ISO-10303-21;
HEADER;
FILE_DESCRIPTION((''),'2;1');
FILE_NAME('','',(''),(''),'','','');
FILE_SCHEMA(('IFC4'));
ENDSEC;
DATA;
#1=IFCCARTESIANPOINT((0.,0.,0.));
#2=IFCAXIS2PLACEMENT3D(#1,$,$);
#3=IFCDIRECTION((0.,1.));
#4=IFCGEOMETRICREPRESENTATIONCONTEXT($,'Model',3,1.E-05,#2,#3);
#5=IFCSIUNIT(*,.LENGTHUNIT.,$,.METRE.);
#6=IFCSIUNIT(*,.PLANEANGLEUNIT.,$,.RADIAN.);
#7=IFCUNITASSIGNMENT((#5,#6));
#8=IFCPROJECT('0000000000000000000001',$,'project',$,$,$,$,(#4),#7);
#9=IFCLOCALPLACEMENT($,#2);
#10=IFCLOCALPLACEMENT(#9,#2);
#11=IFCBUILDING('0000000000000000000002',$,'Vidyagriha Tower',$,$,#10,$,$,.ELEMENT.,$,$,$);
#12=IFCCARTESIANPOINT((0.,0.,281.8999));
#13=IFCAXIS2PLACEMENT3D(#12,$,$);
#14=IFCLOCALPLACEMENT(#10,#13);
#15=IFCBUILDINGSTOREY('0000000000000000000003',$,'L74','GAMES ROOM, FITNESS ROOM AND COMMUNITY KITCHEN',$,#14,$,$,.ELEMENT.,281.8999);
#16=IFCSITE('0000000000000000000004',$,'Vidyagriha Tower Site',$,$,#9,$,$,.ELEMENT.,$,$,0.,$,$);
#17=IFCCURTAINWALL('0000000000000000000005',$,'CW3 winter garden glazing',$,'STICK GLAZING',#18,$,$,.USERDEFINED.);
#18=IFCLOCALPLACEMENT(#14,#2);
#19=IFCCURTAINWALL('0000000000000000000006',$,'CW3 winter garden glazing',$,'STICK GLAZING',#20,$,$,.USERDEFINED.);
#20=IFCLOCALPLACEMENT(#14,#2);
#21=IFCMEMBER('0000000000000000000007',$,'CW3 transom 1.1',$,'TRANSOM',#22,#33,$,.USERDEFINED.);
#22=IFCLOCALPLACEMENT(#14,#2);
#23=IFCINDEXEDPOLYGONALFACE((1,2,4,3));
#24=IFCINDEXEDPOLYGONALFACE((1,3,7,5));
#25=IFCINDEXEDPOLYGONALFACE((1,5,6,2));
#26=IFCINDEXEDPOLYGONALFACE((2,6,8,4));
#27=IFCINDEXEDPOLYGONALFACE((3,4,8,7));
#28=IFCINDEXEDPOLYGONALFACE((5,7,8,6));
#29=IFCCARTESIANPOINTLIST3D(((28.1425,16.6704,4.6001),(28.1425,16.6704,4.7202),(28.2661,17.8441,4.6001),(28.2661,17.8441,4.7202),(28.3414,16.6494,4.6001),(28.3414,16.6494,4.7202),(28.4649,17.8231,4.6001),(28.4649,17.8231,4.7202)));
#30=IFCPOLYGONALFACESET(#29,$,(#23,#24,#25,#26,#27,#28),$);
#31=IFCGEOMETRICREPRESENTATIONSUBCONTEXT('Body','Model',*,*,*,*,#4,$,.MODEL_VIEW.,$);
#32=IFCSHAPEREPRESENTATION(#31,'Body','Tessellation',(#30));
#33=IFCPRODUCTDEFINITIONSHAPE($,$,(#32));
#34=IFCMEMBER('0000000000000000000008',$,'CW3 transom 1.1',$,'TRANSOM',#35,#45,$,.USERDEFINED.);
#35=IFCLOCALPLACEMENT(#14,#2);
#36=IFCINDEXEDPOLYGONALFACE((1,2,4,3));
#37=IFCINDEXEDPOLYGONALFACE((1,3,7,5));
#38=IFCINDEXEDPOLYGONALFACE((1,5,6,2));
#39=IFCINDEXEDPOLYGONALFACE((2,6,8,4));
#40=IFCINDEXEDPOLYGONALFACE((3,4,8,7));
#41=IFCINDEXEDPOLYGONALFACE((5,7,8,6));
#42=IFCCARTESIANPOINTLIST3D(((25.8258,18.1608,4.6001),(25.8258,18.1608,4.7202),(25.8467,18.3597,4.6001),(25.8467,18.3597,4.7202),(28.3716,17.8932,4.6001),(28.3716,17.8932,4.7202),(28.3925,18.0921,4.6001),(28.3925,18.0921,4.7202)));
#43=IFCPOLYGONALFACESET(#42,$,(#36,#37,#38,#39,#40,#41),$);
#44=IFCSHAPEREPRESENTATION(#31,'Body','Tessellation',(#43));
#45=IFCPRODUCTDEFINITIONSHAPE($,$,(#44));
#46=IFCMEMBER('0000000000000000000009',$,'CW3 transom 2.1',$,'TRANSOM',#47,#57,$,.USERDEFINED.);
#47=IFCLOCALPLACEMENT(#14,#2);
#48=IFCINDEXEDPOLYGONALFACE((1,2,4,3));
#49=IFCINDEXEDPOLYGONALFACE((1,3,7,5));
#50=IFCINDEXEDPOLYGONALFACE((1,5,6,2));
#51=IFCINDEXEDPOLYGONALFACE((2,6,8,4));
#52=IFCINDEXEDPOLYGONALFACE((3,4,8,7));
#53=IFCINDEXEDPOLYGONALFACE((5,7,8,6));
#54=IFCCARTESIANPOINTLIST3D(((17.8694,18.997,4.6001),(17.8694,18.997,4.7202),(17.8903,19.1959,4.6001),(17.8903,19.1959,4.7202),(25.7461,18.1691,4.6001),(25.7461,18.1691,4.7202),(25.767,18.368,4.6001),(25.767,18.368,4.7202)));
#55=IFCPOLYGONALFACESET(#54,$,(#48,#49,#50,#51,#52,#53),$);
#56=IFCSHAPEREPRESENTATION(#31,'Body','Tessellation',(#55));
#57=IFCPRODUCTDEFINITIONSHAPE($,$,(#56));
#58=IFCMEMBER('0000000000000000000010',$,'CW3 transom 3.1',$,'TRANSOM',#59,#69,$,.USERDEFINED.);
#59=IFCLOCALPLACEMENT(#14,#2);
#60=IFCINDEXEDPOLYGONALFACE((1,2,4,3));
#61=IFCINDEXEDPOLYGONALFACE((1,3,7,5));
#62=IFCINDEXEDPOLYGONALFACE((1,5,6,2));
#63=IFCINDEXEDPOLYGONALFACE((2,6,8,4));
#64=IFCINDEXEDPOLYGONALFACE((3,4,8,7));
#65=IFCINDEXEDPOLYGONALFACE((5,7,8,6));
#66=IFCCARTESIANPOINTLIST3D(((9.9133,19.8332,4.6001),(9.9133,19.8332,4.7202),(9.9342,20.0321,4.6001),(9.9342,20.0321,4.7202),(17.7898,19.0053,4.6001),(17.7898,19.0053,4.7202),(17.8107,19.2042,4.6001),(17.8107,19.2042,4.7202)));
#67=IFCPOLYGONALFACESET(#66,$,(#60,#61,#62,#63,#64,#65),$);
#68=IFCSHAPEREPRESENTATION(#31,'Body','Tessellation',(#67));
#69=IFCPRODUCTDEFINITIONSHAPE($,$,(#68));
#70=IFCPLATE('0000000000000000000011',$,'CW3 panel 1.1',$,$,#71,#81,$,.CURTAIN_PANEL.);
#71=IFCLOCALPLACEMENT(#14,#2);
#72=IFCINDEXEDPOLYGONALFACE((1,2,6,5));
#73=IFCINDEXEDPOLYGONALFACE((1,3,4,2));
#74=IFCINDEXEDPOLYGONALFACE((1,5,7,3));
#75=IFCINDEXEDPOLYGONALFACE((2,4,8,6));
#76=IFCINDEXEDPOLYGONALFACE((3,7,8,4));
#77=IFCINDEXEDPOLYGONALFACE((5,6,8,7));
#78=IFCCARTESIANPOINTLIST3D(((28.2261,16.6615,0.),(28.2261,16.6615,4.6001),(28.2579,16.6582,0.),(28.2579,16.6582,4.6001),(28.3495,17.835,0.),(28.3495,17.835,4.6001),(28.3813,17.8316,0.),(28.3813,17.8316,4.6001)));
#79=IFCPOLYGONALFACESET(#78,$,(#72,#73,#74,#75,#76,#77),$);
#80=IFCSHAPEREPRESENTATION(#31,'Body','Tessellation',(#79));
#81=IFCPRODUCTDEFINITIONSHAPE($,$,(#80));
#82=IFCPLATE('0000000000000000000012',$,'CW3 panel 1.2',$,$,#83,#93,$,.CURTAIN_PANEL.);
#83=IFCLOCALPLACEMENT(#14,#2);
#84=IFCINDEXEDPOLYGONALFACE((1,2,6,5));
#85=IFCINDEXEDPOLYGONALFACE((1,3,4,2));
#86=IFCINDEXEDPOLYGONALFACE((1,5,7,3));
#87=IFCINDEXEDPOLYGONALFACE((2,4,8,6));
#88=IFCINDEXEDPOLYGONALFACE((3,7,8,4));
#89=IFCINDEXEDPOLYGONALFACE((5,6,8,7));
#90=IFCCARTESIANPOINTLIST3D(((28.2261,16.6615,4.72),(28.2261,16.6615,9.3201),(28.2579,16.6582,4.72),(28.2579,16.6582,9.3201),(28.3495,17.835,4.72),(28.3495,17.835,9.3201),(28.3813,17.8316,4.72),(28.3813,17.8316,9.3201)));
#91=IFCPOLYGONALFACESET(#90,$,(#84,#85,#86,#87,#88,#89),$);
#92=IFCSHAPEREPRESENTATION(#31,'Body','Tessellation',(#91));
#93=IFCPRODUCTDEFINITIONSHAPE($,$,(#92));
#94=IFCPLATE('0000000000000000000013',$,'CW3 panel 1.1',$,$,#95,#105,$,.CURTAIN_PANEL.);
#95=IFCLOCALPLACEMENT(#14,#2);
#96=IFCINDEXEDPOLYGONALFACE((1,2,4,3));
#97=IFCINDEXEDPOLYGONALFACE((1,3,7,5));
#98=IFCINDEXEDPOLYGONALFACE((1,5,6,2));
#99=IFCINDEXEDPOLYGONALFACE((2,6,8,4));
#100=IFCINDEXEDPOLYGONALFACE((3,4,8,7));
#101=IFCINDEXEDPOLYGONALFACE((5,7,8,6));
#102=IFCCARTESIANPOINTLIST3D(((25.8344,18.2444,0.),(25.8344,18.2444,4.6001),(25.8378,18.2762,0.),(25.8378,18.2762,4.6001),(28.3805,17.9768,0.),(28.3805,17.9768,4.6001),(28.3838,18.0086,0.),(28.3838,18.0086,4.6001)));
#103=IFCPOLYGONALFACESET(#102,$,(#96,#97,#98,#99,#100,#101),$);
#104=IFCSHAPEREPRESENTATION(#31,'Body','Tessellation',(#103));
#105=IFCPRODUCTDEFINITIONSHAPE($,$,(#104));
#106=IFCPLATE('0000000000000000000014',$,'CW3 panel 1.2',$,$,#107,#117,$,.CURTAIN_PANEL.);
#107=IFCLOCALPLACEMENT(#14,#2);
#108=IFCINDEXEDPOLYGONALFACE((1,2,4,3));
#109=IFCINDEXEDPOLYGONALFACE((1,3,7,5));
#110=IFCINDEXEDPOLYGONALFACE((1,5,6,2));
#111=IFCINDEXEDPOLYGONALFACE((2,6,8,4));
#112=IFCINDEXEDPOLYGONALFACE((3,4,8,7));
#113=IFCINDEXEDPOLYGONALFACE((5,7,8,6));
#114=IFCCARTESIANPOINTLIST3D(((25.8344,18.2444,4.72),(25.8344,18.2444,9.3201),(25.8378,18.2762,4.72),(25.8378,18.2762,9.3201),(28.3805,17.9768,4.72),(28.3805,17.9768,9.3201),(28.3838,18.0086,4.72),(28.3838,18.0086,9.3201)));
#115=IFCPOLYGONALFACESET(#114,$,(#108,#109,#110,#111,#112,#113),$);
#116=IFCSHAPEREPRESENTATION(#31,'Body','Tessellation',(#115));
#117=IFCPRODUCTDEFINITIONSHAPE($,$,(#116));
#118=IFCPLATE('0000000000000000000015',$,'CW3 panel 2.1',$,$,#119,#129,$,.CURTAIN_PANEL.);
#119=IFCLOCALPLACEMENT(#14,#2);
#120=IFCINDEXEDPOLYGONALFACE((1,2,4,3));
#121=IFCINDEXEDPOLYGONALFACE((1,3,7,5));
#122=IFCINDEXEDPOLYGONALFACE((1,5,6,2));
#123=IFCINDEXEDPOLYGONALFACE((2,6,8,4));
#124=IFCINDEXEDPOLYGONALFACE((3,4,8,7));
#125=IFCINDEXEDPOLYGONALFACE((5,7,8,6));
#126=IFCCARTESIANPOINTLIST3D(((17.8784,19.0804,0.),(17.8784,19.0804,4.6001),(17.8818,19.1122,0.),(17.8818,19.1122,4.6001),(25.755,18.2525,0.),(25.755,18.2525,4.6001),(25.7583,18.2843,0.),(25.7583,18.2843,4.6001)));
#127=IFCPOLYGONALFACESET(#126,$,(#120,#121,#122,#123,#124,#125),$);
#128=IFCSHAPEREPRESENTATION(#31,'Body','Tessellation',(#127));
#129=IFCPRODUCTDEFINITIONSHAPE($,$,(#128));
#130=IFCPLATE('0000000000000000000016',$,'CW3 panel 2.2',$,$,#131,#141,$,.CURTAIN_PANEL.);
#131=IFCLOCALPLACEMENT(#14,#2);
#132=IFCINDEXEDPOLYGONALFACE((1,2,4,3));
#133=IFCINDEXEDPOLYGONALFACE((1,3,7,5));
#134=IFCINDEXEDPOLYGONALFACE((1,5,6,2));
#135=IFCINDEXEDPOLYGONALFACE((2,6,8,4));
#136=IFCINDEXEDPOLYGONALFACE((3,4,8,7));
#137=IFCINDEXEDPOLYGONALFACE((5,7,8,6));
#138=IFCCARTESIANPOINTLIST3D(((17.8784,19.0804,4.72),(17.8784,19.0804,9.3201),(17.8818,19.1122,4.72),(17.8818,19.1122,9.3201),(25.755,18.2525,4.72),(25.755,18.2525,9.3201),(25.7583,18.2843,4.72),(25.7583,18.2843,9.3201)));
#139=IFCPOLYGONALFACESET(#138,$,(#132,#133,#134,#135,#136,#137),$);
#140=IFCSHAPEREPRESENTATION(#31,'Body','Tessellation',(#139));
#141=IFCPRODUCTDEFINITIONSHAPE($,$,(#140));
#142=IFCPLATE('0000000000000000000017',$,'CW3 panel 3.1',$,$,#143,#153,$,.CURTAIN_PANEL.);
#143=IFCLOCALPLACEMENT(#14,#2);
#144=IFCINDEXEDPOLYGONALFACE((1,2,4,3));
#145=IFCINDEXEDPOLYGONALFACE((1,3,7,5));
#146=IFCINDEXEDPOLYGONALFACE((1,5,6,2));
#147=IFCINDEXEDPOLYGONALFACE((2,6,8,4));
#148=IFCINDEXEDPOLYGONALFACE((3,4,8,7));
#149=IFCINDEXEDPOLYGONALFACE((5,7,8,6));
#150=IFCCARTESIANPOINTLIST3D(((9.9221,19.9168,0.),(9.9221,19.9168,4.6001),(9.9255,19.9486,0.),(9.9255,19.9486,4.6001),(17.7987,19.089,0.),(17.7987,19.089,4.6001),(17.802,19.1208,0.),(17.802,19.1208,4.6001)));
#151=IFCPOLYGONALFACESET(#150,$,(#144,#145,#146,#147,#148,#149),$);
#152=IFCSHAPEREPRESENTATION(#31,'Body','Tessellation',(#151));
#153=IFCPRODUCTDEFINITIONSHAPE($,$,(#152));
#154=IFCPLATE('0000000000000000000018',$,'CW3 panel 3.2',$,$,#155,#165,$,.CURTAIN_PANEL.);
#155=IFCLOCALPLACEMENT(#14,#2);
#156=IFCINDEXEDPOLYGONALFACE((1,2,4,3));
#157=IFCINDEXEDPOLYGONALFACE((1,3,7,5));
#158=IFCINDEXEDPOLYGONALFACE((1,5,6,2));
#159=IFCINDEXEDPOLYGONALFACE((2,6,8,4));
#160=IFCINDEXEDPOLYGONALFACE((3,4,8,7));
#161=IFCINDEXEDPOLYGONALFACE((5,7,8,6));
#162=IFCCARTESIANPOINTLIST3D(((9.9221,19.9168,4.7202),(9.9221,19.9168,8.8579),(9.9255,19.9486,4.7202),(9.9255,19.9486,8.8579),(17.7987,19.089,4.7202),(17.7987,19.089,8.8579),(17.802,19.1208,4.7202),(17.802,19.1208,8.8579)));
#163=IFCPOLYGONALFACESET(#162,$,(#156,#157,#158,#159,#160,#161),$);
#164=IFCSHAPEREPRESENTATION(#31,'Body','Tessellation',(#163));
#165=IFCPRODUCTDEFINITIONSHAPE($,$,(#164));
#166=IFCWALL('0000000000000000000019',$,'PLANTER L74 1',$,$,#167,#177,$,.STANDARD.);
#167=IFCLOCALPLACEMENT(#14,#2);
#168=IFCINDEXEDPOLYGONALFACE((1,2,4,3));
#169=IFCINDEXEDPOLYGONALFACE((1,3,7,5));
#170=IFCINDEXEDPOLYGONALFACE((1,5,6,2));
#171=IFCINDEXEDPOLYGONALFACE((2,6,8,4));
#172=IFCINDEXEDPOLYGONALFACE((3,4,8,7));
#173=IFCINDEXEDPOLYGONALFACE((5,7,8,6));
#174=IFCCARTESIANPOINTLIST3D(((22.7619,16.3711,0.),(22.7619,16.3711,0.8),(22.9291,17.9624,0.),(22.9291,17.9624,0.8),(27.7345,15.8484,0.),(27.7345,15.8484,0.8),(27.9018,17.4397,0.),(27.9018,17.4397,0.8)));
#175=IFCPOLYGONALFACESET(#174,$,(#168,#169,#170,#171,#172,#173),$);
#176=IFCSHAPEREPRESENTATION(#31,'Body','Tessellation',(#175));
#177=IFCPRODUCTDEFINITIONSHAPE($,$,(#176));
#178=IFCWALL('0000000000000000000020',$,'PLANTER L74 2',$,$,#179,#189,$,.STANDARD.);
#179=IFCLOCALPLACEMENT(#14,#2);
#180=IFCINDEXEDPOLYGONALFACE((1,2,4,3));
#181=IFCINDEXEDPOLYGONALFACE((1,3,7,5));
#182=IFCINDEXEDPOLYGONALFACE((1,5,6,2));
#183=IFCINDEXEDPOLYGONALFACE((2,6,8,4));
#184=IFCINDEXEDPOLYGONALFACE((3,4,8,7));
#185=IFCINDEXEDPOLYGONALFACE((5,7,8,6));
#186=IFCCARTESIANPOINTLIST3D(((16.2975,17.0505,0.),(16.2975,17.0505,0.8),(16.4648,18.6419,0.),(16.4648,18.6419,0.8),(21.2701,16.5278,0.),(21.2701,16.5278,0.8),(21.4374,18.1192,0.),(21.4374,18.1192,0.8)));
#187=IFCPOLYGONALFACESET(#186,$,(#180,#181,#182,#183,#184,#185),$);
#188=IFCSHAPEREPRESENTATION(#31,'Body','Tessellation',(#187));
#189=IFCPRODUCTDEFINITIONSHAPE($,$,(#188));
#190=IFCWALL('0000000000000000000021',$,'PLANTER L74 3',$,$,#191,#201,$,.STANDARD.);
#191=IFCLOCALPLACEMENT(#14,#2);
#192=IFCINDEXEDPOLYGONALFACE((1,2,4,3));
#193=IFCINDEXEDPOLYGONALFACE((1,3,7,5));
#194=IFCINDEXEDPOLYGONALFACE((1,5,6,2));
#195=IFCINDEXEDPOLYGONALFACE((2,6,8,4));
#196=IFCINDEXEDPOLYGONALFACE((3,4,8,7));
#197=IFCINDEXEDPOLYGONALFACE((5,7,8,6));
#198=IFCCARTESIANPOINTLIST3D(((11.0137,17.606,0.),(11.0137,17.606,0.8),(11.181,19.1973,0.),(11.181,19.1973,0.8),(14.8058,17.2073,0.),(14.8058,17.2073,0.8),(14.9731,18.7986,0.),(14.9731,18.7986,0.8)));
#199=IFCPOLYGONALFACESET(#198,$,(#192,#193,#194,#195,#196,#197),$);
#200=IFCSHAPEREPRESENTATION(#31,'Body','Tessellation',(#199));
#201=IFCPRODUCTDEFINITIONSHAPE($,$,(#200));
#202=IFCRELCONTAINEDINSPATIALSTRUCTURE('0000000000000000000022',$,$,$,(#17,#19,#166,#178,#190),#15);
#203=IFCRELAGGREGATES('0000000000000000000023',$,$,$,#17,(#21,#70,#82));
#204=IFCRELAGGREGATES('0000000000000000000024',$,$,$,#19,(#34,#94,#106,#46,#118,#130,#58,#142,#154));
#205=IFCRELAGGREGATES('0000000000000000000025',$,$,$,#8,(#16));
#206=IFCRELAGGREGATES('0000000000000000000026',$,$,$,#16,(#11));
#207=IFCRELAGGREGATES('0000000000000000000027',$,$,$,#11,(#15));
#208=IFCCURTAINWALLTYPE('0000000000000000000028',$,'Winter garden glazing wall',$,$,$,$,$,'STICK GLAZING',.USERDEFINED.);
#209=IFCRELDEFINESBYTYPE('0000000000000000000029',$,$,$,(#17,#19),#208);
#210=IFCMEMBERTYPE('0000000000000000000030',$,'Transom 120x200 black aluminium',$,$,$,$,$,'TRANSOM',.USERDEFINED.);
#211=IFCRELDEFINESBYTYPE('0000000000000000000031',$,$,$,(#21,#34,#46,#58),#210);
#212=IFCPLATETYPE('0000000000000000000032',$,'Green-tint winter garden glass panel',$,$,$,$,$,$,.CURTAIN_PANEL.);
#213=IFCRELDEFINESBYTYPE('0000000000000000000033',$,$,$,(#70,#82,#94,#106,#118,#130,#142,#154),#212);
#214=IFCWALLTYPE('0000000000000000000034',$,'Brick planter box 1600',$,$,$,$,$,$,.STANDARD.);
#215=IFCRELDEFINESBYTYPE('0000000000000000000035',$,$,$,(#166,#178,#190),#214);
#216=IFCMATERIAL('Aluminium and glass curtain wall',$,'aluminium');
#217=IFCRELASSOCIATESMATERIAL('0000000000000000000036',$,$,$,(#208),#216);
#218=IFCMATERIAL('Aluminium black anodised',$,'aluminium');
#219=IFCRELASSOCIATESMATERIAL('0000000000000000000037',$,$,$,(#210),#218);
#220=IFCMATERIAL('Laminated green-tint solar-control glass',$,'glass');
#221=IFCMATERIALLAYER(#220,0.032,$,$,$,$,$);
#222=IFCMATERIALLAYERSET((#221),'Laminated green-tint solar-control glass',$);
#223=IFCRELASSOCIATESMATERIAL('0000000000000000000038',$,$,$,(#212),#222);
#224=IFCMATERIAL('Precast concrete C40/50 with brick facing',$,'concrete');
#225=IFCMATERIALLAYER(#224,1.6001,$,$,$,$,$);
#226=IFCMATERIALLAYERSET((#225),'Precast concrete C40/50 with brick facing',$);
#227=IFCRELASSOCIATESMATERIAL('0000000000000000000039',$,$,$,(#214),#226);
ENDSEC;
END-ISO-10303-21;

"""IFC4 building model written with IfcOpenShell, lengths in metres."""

from ifc_helpers import new_model, si_unit, direction, frame, frame_2d, origin, origin_2d, place, context, subcontext, project, spatial, rectangle, extrude, material, layer, layer_set, material_profile, profile_set, type_object, element, aggregate, save


model = new_model("IFC4")

# Units and contexts
model_context = context("Model", 3, precision=1e-05, world=origin(), true_north=direction((0.0, 1.0)))
body_context = subcontext(model_context, "Body", "Model", "MODEL_VIEW")
ifc_project = project(units=[si_unit("LENGTHUNIT", "METRE"), si_unit("PLANEANGLEUNIT", "RADIAN")], contexts=[model_context])

# Site, building, storey
site_placement = place(None, origin())
site = spatial("IfcSite", under=ifc_project, at=site_placement, Name="Vidyagriha Tower Site", CompositionType="ELEMENT", RefElevation=0.0)
building_placement = place(site_placement, origin())
building = spatial("IfcBuilding", under=site, at=building_placement, Name="Vidyagriha Tower", CompositionType="ELEMENT")
storey_placement = place(building_placement, frame((0.0, 0.0, 281.8999)))
storey = spatial("IfcBuildingStorey", under=building, at=storey_placement, Name="L74", Description="GAMES ROOM, FITNESS ROOM AND COMMUNITY KITCHEN", CompositionType="ELEMENT", Elevation=281.8999)

# Shared definitions
ifc_material_1 = material(Name="Aluminium and glass curtain wall", Category="aluminium")
curtain_wall_type = type_object("IfcCurtainWallType", Name="Winter garden glazing wall", ElementType="STICK GLAZING", PredefinedType="USERDEFINED", material=ifc_material_1)

# Curtain walls
curtain_wall_1_placement = place(storey_placement, origin())
curtain_wall_1 = element("IfcCurtainWall", 1, at=curtain_wall_1_placement, inside=storey, type_object=curtain_wall_type, Name="CW3 winter garden glazing", ObjectType="STICK GLAZING", PredefinedType="USERDEFINED")
curtain_wall_2_placement = place(storey_placement, origin())
curtain_wall_2 = element("IfcCurtainWall", 2, at=curtain_wall_2_placement, inside=storey, type_object=curtain_wall_type, Name="CW3 winter garden glazing", ObjectType="STICK GLAZING", PredefinedType="USERDEFINED")

# Members
ifc_material_2 = material(Name="Aluminium black anodised", Category="aluminium")
ifc_material_profile_1 = material_profile(ifc_material_2, rectangle(XDim=0.2, YDim=0.1201, at=origin_2d()), Name="Transom 120x200 black aluminium")
ifc_profile_set_1 = profile_set([ifc_material_profile_1], Name="Aluminium black anodised")
member_type_1 = type_object("IfcMemberType", Name="Transom 120x200 black aluminium", ElementType="TRANSOM", PredefinedType="USERDEFINED", material=ifc_profile_set_1)
member_1_placement = place(storey_placement, frame((28.2419, 16.6599, 4.6602), z_axis=(0.104685, 0.994505, 0.0), x_axis=(-0.994505, 0.104685, 0.0)))
member_1 = element("IfcMember", 3, at=member_1_placement, type_object=member_type_1, Name="CW3 transom 1.1", ObjectType="TRANSOM", PredefinedType="USERDEFINED", context=body_context, shape_type="SweptSolid", body=[
    extrude(rectangle(XDim=0.2, YDim=0.1201, at=origin_2d()), origin(), (0.0, 0.0, 1.0), 1.1802),
])
member_2_placement = place(storey_placement, frame((28.3821, 17.9927, 4.6602), z_axis=(-0.994522, 0.104526, 0.0), x_axis=(-0.104526, -0.994522, 0.0)))
member_2 = element("IfcMember", 4, at=member_2_placement, type_object=member_type_1, Name="CW3 transom 1.1", ObjectType="TRANSOM", PredefinedType="USERDEFINED", context=body_context, shape_type="SweptSolid", body=[
    extrude(rectangle(XDim=0.2, YDim=0.1201, at=origin_2d()), origin(), (0.0, 0.0, 1.0), 2.5598),
])
member_3_placement = place(storey_placement, frame((25.7566, 18.2686, 4.6602), z_axis=(-0.994522, 0.104529, 0.0), x_axis=(-0.104529, -0.994522, 0.0)))
member_3 = element("IfcMember", 5, at=member_3_placement, type_object=member_type_1, Name="CW3 transom 2.1", ObjectType="TRANSOM", PredefinedType="USERDEFINED", context=body_context, shape_type="SweptSolid", body=[
    extrude(rectangle(XDim=0.2, YDim=0.1201, at=origin_2d()), origin(), (0.0, 0.0, 1.0), 7.9202),
])
member_4_placement = place(storey_placement, frame((17.8003, 19.1047, 4.6602), z_axis=(-0.994521, 0.104532, 0.0), x_axis=(-0.104532, -0.994521, 0.0)))
member_4 = element("IfcMember", 6, at=member_4_placement, type_object=member_type_1, Name="CW3 transom 3.1", ObjectType="TRANSOM", PredefinedType="USERDEFINED", context=body_context, shape_type="SweptSolid", body=[
    extrude(rectangle(XDim=0.2, YDim=0.1201, at=origin_2d()), origin(), (0.0, 0.0, 1.0), 7.9199),
])

# Plates
ifc_material_3 = material(Name="Laminated green-tint solar-control glass", Category="glass")
ifc_layer_1 = layer(ifc_material_3, 0.032)
ifc_layer_set_1 = layer_set([ifc_layer_1], Name="Laminated green-tint solar-control glass")
plate_type = type_object("IfcPlateType", Name="Green-tint winter garden glass panel", PredefinedType="CURTAIN_PANEL", material=ifc_layer_set_1)
plate_1_placement = place(storey_placement, frame((28.3037, 17.2466, 0.0), z_axis=(0.0, 0.0, 1.0), x_axis=(0.104557, 0.994519, 0.0)))
plate_1 = element("IfcPlate", 7, at=plate_1_placement, type_object=plate_type, Name="CW3 panel 1.1", PredefinedType="CURTAIN_PANEL", context=body_context, shape_type="SweptSolid", body=[
    extrude(rectangle(XDim=1.1799, YDim=0.032, at=origin_2d()), origin(), (0.0, 0.0, 1.0), 4.6001),
])
plate_2_placement = place(storey_placement, frame((28.3037, 17.2466, 4.72), z_axis=(0.0, 0.0, 1.0), x_axis=(0.104557, 0.994519, 0.0)))
plate_2 = element("IfcPlate", 8, at=plate_2_placement, type_object=plate_type, Name="CW3 panel 1.2", PredefinedType="CURTAIN_PANEL", context=body_context, shape_type="SweptSolid", body=[
    extrude(rectangle(XDim=1.1799, YDim=0.032, at=origin_2d()), origin(), (0.0, 0.0, 1.0), 4.6001),
])
aggregate(curtain_wall_1, [member_1, plate_1, plate_2])
plate_3_placement = place(storey_placement, frame((27.1091, 18.1265, 0.0), z_axis=(0.0, 0.0, 1.0), x_axis=(-0.994522, 0.104528, 0.0)))
plate_3 = element("IfcPlate", 9, at=plate_3_placement, type_object=plate_type, Name="CW3 panel 1.1", PredefinedType="CURTAIN_PANEL", context=body_context, shape_type="SweptSolid", body=[
    extrude(rectangle(XDim=2.5601, YDim=0.032, at=origin_2d()), origin(), (0.0, 0.0, 1.0), 4.6001),
])
plate_4_placement = place(storey_placement, frame((27.1091, 18.1265, 4.72), z_axis=(0.0, 0.0, 1.0), x_axis=(-0.994522, 0.104528, 0.0)))
plate_4 = element("IfcPlate", 10, at=plate_4_placement, type_object=plate_type, Name="CW3 panel 1.2", PredefinedType="CURTAIN_PANEL", context=body_context, shape_type="SweptSolid", body=[
    extrude(rectangle(XDim=2.5601, YDim=0.032, at=origin_2d()), origin(), (0.0, 0.0, 1.0), 4.6001),
])
plate_5_placement = place(storey_placement, frame((21.8184, 18.6824, 0.0), z_axis=(0.0, 0.0, 1.0), x_axis=(-0.994522, 0.104528, 0.0)))
plate_5 = element("IfcPlate", 11, at=plate_5_placement, type_object=plate_type, Name="CW3 panel 2.1", PredefinedType="CURTAIN_PANEL", context=body_context, shape_type="SweptSolid", body=[
    extrude(rectangle(XDim=7.9199, YDim=0.032, at=origin_2d()), origin(), (0.0, 0.0, 1.0), 4.6001),
])
plate_6_placement = place(storey_placement, frame((21.8184, 18.6824, 4.72), z_axis=(0.0, 0.0, 1.0), x_axis=(-0.994522, 0.104528, 0.0)))
plate_6 = element("IfcPlate", 12, at=plate_6_placement, type_object=plate_type, Name="CW3 panel 2.2", PredefinedType="CURTAIN_PANEL", context=body_context, shape_type="SweptSolid", body=[
    extrude(rectangle(XDim=7.9199, YDim=0.032, at=origin_2d()), origin(), (0.0, 0.0, 1.0), 4.6001),
])
plate_7_placement = place(storey_placement, frame((13.8621, 19.5188, 0.0), z_axis=(0.0, 0.0, 1.0), x_axis=(-0.994522, 0.104528, 0.0)))
plate_7 = element("IfcPlate", 13, at=plate_7_placement, type_object=plate_type, Name="CW3 panel 3.1", PredefinedType="CURTAIN_PANEL", context=body_context, shape_type="SweptSolid", body=[
    extrude(rectangle(XDim=7.9199, YDim=0.032, at=origin_2d()), origin(), (0.0, 0.0, 1.0), 4.6001),
])
plate_8_placement = place(storey_placement, frame((13.8621, 19.5188, 4.7202), z_axis=(0.0, 0.0, 1.0), x_axis=(-0.994522, 0.104528, 0.0)))
plate_8 = element("IfcPlate", 14, at=plate_8_placement, type_object=plate_type, Name="CW3 panel 3.2", PredefinedType="CURTAIN_PANEL", context=body_context, shape_type="SweptSolid", body=[
    extrude(rectangle(XDim=7.9199, YDim=0.032, at=origin_2d()), origin(), (0.0, 0.0, 1.0), 4.1377),
])
aggregate(curtain_wall_2, [member_2, plate_3, plate_4, member_3, plate_5, plate_6, member_4, plate_7, plate_8])

# Walls
ifc_material_4 = material(Name="Precast concrete C40/50 with brick facing", Category="concrete")
ifc_layer_2 = layer(ifc_material_4, 1.6001)
ifc_layer_set_2 = layer_set([ifc_layer_2], Name="Precast concrete C40/50 with brick facing")
wall_type_1 = type_object("IfcWallType", Name="Brick planter box 1600", PredefinedType="STANDARD", material=ifc_layer_set_2)
for number, where, z_axis, x_axis, name in (
    (15, (27.8181, 16.644, 0.0), (0.0, 0.0, 1.0), (-0.994521, 0.10454, 0.0), "PLANTER L74 1"),
    (16, (21.3538, 17.3235, 0.0), (0.0, 0.0, 1.0), (-0.994521, 0.10454, 0.0), "PLANTER L74 2"),
):
    element("IfcWall", number, at=place(storey_placement, frame(where, z_axis=z_axis, x_axis=x_axis)), inside=storey, type_object=wall_type_1, Name=name, PredefinedType="STANDARD", context=body_context, shape_type="SweptSolid", body=[
        extrude(rectangle(XDim=5.0, YDim=1.6001, at=frame_2d((2.5, 0.0))), origin(), (0.0, 0.0, 1.0), 0.8),
    ])
wall_1_placement = place(storey_placement, frame((14.8894, 18.0029, 0.0), z_axis=(0.0, 0.0, 1.0), x_axis=(-0.994518, 0.104561, 0.0)))
element("IfcWall", 17, at=wall_1_placement, inside=storey, type_object=wall_type_1, Name="PLANTER L74 3", PredefinedType="STANDARD", context=body_context, shape_type="SweptSolid", body=[
    extrude(rectangle(XDim=3.813, YDim=1.6001, at=frame_2d((1.9065, 0.0))), origin(), (0.0, 0.0, 1.0), 0.8),
])

save(model, "model.ifc")
